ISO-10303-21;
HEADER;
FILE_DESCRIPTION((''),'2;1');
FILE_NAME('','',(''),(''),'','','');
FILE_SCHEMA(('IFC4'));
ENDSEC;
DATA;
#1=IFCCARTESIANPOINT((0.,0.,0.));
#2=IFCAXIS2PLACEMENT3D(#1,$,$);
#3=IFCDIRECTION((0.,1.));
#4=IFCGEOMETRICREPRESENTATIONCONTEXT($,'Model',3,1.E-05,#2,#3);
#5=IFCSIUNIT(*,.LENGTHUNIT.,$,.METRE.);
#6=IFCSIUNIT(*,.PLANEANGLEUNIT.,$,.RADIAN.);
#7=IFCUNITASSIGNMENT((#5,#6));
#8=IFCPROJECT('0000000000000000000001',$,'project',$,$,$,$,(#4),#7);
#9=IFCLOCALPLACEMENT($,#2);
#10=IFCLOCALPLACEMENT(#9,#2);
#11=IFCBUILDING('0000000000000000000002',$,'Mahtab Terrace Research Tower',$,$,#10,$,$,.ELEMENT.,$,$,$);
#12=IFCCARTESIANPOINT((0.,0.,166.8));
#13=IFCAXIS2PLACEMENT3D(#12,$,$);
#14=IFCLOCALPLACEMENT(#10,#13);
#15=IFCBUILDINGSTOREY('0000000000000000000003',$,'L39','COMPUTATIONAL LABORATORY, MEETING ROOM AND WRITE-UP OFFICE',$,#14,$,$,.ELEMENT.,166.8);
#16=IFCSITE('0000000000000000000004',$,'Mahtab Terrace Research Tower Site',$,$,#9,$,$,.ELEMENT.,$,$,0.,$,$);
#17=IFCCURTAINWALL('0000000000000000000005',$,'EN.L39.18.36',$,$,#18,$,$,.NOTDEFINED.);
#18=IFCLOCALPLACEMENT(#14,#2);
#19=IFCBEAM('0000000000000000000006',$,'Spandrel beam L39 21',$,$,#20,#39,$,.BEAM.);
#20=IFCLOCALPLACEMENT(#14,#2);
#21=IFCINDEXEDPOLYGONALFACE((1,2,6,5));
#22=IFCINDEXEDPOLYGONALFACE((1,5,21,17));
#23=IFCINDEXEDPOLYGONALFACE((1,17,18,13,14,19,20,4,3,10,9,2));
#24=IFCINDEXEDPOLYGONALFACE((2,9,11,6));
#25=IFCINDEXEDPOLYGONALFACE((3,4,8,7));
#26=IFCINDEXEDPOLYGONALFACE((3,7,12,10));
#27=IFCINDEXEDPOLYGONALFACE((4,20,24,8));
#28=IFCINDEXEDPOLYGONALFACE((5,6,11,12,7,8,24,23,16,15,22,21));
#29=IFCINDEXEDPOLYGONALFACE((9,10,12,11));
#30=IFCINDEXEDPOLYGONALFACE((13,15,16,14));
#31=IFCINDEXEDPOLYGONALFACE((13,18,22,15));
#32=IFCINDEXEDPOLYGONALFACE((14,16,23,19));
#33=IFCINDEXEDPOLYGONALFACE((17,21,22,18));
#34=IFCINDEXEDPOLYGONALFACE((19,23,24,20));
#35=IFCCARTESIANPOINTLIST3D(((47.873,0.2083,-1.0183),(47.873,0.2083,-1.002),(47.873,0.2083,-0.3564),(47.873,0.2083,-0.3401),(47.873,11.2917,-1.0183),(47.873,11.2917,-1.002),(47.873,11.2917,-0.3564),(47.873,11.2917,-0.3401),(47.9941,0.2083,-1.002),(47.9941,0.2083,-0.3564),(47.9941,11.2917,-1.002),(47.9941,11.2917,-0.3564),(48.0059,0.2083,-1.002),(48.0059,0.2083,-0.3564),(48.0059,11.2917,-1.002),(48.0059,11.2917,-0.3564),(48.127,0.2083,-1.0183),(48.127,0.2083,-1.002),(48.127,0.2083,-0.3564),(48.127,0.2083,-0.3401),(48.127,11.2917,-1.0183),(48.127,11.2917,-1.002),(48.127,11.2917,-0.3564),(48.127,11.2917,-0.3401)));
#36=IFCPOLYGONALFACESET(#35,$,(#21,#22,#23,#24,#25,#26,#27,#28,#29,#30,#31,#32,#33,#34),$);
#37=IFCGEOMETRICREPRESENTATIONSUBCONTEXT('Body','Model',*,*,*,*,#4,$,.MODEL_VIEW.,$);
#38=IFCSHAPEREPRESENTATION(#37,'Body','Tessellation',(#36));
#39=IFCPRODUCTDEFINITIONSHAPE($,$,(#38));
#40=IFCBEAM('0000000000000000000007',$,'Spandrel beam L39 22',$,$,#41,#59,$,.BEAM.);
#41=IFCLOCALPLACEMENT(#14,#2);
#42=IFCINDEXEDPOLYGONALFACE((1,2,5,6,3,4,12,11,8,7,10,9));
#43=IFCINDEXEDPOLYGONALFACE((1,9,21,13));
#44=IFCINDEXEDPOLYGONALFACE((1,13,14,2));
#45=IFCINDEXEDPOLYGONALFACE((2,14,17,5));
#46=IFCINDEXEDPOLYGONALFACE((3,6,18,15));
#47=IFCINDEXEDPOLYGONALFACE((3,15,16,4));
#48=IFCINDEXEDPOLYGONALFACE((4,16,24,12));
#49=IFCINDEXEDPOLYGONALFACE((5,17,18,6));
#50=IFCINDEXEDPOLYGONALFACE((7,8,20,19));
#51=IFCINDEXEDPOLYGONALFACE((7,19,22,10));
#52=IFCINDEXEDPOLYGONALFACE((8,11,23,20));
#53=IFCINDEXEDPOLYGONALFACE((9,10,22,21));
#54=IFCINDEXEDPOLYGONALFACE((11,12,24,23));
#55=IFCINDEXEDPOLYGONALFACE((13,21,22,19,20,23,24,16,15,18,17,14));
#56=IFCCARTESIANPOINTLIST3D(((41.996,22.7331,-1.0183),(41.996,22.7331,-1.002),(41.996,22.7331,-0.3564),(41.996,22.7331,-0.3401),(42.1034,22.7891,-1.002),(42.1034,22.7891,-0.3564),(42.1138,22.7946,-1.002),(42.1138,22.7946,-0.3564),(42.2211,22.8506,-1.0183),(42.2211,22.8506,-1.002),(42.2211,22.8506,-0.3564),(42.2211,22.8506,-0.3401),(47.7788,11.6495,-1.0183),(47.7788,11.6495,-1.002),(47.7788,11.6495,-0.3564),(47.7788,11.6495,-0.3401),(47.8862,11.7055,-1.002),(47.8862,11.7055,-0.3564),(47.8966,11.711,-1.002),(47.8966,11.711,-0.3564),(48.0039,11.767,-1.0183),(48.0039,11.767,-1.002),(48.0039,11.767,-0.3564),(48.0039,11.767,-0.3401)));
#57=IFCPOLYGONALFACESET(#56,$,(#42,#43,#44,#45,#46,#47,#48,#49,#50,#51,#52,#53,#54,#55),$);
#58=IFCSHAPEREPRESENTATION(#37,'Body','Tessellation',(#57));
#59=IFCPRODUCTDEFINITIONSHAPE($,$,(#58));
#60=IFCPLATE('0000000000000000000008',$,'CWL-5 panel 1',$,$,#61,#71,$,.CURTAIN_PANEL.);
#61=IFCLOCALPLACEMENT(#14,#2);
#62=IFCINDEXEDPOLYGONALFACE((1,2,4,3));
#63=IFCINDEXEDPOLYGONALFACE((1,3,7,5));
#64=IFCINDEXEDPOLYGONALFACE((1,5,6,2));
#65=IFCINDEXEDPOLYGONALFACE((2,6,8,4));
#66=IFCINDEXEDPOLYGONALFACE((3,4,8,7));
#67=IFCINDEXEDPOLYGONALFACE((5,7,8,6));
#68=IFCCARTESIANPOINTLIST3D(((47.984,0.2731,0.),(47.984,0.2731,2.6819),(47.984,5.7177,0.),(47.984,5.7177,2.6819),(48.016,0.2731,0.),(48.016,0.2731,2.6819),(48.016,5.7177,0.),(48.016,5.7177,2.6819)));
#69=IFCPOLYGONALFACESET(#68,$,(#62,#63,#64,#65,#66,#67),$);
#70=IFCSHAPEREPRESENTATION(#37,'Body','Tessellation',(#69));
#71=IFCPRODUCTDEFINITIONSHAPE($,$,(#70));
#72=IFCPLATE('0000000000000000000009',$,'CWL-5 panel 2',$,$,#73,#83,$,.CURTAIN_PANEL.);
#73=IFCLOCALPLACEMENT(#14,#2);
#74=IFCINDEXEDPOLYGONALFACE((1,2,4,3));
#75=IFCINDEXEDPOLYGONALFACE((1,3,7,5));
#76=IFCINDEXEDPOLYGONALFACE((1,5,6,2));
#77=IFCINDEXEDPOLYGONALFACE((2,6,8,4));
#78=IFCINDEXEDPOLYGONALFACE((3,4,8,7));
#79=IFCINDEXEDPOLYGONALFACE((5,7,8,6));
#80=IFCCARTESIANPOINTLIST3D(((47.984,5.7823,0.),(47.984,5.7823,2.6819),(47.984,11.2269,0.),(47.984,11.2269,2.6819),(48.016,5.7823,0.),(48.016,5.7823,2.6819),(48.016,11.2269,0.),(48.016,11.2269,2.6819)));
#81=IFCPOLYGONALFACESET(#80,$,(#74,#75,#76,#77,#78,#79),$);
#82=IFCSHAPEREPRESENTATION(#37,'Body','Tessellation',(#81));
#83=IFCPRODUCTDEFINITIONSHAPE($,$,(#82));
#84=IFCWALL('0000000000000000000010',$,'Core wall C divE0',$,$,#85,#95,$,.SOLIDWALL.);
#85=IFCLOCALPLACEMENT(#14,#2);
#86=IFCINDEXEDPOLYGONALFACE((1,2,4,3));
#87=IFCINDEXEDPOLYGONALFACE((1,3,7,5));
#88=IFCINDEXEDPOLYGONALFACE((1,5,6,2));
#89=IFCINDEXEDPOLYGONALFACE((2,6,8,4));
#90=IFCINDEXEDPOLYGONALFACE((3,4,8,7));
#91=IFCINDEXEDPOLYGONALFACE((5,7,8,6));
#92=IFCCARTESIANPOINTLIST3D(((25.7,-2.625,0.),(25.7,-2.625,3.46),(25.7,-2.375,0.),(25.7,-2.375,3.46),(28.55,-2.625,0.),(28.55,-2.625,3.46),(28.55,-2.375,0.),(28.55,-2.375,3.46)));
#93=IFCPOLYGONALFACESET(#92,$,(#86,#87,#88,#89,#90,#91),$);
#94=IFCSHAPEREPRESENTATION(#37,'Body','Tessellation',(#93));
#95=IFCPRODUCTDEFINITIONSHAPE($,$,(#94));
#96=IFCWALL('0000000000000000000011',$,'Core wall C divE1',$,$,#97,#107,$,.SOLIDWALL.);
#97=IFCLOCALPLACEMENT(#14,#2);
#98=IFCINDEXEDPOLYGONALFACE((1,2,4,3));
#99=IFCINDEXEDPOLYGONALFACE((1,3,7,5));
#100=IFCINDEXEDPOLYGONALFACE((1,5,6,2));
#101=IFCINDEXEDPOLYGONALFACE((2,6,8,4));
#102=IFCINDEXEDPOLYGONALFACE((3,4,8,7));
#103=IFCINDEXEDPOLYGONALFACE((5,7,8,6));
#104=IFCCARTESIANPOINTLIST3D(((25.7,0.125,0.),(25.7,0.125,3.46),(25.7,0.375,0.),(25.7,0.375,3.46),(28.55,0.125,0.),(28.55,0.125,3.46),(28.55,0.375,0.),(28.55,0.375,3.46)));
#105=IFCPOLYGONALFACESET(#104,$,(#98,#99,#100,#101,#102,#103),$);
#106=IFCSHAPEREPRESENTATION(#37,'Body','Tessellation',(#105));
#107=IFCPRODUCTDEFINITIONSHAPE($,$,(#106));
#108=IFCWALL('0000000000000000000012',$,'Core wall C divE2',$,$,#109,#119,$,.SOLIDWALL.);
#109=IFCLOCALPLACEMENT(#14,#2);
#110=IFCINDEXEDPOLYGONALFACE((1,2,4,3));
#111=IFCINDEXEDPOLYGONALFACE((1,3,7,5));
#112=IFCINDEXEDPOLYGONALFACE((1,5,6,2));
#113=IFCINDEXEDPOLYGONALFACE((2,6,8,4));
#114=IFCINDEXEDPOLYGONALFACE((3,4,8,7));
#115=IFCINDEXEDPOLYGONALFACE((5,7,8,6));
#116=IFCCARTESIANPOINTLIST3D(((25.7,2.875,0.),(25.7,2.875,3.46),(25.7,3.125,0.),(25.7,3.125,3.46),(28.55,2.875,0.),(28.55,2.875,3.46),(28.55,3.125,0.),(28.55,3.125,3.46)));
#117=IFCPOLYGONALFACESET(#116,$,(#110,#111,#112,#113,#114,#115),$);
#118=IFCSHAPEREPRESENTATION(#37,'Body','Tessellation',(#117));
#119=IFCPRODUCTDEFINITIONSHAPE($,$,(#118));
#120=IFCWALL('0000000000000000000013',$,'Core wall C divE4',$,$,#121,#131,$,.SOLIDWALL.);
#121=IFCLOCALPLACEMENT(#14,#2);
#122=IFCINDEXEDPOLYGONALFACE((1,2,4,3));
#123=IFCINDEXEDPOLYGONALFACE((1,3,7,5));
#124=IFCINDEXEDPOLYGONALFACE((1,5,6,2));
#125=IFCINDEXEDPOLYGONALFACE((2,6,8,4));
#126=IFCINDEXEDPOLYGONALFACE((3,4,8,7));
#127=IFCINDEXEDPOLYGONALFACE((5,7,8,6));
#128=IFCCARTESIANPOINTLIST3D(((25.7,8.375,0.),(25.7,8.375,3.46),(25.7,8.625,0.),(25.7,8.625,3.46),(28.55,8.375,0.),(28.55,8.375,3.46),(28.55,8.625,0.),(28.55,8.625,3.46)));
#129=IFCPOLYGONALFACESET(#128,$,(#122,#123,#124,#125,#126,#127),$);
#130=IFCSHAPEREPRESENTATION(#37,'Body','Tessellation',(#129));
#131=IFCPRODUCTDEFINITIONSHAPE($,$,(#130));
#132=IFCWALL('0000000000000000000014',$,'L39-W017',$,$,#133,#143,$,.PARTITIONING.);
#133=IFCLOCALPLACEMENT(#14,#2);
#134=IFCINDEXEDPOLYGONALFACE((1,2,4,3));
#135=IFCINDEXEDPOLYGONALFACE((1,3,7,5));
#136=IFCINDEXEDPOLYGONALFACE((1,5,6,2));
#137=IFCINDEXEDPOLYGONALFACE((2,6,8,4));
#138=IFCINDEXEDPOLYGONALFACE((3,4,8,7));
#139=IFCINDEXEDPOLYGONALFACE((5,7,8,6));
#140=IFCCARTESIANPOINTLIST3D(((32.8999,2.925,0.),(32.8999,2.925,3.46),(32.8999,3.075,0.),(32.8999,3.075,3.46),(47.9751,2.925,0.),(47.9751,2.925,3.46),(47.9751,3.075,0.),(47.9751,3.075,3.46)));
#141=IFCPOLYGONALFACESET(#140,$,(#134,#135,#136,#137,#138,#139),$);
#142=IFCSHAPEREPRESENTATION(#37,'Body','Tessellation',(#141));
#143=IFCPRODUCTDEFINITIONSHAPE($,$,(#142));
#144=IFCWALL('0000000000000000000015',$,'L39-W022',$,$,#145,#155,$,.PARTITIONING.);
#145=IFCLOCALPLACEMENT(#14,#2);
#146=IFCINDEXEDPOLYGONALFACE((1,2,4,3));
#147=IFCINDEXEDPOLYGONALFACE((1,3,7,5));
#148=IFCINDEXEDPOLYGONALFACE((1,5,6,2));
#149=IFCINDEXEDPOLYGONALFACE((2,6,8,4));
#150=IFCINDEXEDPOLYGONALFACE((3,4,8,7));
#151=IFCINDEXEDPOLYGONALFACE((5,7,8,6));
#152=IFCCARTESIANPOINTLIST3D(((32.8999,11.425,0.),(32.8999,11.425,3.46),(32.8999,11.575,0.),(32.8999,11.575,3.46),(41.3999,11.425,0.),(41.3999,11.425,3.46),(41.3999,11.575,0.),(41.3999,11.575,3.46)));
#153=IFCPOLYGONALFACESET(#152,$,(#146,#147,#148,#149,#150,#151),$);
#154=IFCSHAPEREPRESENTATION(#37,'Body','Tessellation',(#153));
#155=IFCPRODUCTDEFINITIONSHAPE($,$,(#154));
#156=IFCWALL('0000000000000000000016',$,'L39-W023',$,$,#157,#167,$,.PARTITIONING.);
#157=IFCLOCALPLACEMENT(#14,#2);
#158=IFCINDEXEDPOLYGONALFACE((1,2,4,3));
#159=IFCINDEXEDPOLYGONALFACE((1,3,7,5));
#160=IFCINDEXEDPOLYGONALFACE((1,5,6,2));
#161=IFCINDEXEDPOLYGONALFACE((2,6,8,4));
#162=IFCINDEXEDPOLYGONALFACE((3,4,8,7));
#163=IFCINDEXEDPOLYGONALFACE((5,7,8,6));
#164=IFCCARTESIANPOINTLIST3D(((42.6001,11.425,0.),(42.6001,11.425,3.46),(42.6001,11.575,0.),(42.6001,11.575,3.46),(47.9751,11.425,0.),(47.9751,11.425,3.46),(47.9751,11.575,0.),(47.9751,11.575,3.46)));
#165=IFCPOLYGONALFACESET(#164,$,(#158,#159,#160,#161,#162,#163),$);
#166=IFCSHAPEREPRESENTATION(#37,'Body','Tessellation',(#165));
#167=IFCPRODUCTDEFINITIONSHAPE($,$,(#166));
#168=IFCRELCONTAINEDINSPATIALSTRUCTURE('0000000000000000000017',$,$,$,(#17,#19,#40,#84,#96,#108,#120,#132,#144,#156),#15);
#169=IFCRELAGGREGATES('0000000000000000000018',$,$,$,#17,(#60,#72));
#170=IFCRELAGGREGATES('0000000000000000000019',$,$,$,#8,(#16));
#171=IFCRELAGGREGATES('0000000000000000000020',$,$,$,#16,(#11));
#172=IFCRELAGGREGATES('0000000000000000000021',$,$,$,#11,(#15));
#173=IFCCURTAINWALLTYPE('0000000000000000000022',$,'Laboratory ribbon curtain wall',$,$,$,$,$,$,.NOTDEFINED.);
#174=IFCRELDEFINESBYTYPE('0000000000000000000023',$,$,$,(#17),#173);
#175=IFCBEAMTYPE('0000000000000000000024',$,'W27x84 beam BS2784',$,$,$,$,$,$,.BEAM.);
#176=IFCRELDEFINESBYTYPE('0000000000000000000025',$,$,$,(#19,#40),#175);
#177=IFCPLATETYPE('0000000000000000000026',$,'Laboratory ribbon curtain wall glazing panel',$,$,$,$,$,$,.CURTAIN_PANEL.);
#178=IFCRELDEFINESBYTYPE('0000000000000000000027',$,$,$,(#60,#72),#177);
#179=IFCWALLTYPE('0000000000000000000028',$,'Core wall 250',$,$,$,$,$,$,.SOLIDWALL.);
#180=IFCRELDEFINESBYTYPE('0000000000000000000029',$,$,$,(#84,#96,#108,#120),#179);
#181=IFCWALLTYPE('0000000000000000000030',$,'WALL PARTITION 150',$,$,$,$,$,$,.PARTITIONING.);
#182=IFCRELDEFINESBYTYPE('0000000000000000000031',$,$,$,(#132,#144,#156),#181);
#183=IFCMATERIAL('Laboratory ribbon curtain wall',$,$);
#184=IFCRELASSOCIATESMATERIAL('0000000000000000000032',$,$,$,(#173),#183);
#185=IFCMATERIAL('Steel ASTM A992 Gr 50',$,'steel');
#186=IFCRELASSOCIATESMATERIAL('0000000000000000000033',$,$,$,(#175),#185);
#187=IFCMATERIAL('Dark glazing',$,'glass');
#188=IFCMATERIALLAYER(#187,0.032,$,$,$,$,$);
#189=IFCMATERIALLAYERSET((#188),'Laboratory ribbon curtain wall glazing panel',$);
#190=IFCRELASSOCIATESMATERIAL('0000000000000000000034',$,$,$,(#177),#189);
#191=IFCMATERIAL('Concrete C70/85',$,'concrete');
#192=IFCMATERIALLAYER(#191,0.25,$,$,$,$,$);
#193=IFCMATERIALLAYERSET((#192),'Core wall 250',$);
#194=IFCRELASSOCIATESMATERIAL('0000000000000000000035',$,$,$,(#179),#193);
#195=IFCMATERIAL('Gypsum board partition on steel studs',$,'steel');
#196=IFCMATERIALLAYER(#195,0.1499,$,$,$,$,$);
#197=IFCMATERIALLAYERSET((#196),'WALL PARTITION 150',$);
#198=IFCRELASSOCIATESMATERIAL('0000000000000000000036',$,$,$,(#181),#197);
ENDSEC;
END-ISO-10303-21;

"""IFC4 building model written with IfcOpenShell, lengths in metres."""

from ifc_helpers import new_model, si_unit, direction, frame, frame_2d, origin, origin_2d, place, context, subcontext, project, spatial, rectangle, i_section, extrude, material, layer, layer_set, material_profile, profile_set, type_object, element, aggregate, save


model = new_model("IFC4")

# Units and contexts
model_context = context("Model", 3, precision=1e-05, world=origin(), true_north=direction((0.0, 1.0)))
body_context = subcontext(model_context, "Body", "Model", "MODEL_VIEW")
ifc_project = project(units=[si_unit("LENGTHUNIT", "METRE"), si_unit("PLANEANGLEUNIT", "RADIAN")], contexts=[model_context])

# Site, building, storey
site_placement = place(None, origin())
site = spatial("IfcSite", under=ifc_project, at=site_placement, Name="Mahtab Terrace Research Tower Site", CompositionType="ELEMENT", RefElevation=0.0)
building_placement = place(site_placement, origin())
building = spatial("IfcBuilding", under=site, at=building_placement, Name="Mahtab Terrace Research Tower", CompositionType="ELEMENT")
storey_placement = place(building_placement, frame((0.0, 0.0, 166.8)))
storey = spatial("IfcBuildingStorey", under=building, at=storey_placement, Name="L39", Description="COMPUTATIONAL LABORATORY, MEETING ROOM AND WRITE-UP OFFICE", CompositionType="ELEMENT", Elevation=166.8)

# Shared definitions
ifc_material_1 = material(Name="Concrete C70/85", Category="concrete")
ifc_material_2 = material(Name="Steel ASTM A992 Gr 50", Category="steel")

# Shared definitions
ifc_material_3 = material(Name="Laboratory ribbon curtain wall")
curtain_wall_type = type_object("IfcCurtainWallType", Name="Laboratory ribbon curtain wall", PredefinedType="NOTDEFINED", material=ifc_material_3)

# Curtain wall
curtain_wall_1_placement = place(storey_placement, origin())
curtain_wall_1 = element("IfcCurtainWall", 1, at=curtain_wall_1_placement, inside=storey, type_object=curtain_wall_type, Name="EN.L39.18.36", PredefinedType="NOTDEFINED")

# Beams
ifc_material_profile_1 = material_profile(ifc_material_2, i_section(OverallWidth=0.2539, OverallDepth=0.6782, WebThickness=0.0117, FlangeThickness=0.0164, at=origin_2d()), Name="W27X84")
ifc_profile_set_1 = profile_set([ifc_material_profile_1], Name="Steel ASTM A992 Gr 50")
beam_type = type_object("IfcBeamType", Name="W27x84 beam BS2784", PredefinedType="BEAM", material=ifc_profile_set_1)
beam_1_placement = place(storey_placement, frame((48.0, 0.2083, -0.6792), z_axis=(0.0, 1.0, 0.0), x_axis=(-1.0, 0.0, 0.0)))
element("IfcBeam", 2, at=beam_1_placement, inside=storey, type_object=beam_type, Name="Spandrel beam L39 21", PredefinedType="BEAM", context=body_context, shape_type="SweptSolid", body=[
    extrude(i_section(OverallWidth=0.2539, OverallDepth=0.6782, WebThickness=0.0117, FlangeThickness=0.0164, at=origin_2d()), origin(), (0.0, 0.0, 1.0), 11.0835),
])
beam_2_placement = place(storey_placement, frame((47.8914, 11.7083, -0.6792), z_axis=(-0.462567, 0.886584, 0.0), x_axis=(-0.886584, -0.462567, 0.0)))
element("IfcBeam", 3, at=beam_2_placement, inside=storey, type_object=beam_type, Name="Spandrel beam L39 22", PredefinedType="BEAM", context=body_context, shape_type="SweptSolid", body=[
    extrude(i_section(OverallWidth=0.2539, OverallDepth=0.6782, WebThickness=0.0117, FlangeThickness=0.0164, at=origin_2d()), origin(), (0.0, 0.0, 1.0), 12.5015),
])

# Plates
ifc_material_4 = material(Name="Dark glazing", Category="glass")
ifc_layer_1 = layer(ifc_material_4, 0.032)
ifc_layer_set_1 = layer_set([ifc_layer_1], Name="Laboratory ribbon curtain wall glazing panel")
plate_type = type_object("IfcPlateType", Name="Laboratory ribbon curtain wall glazing panel", PredefinedType="CURTAIN_PANEL", material=ifc_layer_set_1)
plate_1_placement = place(storey_placement, frame((48.0, 2.9954, 0.0), z_axis=(0.0, 0.0, 1.0), x_axis=(0.0, 1.0, 0.0)))
plate_1 = element("IfcPlate", 4, at=plate_1_placement, type_object=plate_type, Name="CWL-5 panel 1", PredefinedType="CURTAIN_PANEL", context=body_context, shape_type="SweptSolid", body=[
    extrude(rectangle(XDim=5.4446, YDim=0.032, at=origin_2d()), origin(), (0.0, 0.0, 1.0), 2.6819),
])
plate_2_placement = place(storey_placement, frame((48.0, 8.5046, 0.0), z_axis=(0.0, 0.0, 1.0), x_axis=(0.0, 1.0, 0.0)))
plate_2 = element("IfcPlate", 5, at=plate_2_placement, type_object=plate_type, Name="CWL-5 panel 2", PredefinedType="CURTAIN_PANEL", context=body_context, shape_type="SweptSolid", body=[
    extrude(rectangle(XDim=5.4446, YDim=0.032, at=origin_2d()), origin(), (0.0, 0.0, 1.0), 2.6819),
])
aggregate(curtain_wall_1, [plate_1, plate_2])

# Walls
ifc_layer_2 = layer(ifc_material_1, 0.25)
ifc_layer_set_2 = layer_set([ifc_layer_2], Name="Core wall 250")
wall_type_1 = type_object("IfcWallType", Name="Core wall 250", PredefinedType="SOLIDWALL", material=ifc_layer_set_2)
for number, where, z_axis, x_axis, name in (
    (6, (25.7, -2.5, 0.0), (0.0, 0.0, 1.0), (1.0, 0.0, 0.0), "Core wall C divE0"),
    (7, (25.7, 0.25, 0.0), (0.0, 0.0, 1.0), (1.0, 0.0, 0.0), "Core wall C divE1"),
    (8, (25.7, 3.0, 0.0), (0.0, 0.0, 1.0), (1.0, 0.0, 0.0), "Core wall C divE2"),
    (9, (25.7, 8.5, 0.0), (0.0, 0.0, 1.0), (1.0, 0.0, 0.0), "Core wall C divE4"),
):
    element("IfcWall", number, at=place(storey_placement, frame(where, z_axis=z_axis, x_axis=x_axis)), inside=storey, type_object=wall_type_1, Name=name, PredefinedType="SOLIDWALL", context=body_context, shape_type="SweptSolid", body=[
        extrude(rectangle(XDim=2.8501, YDim=0.25, at=frame_2d((1.425, 0.0))), origin(), (0.0, 0.0, 1.0), 3.46),
    ])
ifc_material_5 = material(Name="Gypsum board partition on steel studs", Category="steel")
ifc_layer_3 = layer(ifc_material_5, 0.1499)
ifc_layer_set_3 = layer_set([ifc_layer_3], Name="WALL PARTITION 150")
wall_type_2 = type_object("IfcWallType", Name="WALL PARTITION 150", PredefinedType="PARTITIONING", material=ifc_layer_set_3)
wall_1_placement = place(storey_placement, frame((32.8999, 3.0, 0.0), z_axis=(0.0, 0.0, 1.0), x_axis=(1.0, 0.0, 0.0)))
element("IfcWall", 10, at=wall_1_placement, inside=storey, type_object=wall_type_2, Name="L39-W017", PredefinedType="PARTITIONING", context=body_context, shape_type="SweptSolid", body=[
    extrude(rectangle(XDim=15.0752, YDim=0.1499, at=frame_2d((7.5376, 0.0))), origin(), (0.0, 0.0, 1.0), 3.46),
])
wall_2_placement = place(storey_placement, frame((32.8999, 11.5, 0.0), z_axis=(0.0, 0.0, 1.0), x_axis=(1.0, 0.0, 0.0)))
element("IfcWall", 11, at=wall_2_placement, inside=storey, type_object=wall_type_2, Name="L39-W022", PredefinedType="PARTITIONING", context=body_context, shape_type="SweptSolid", body=[
    extrude(rectangle(XDim=8.5, YDim=0.1499, at=frame_2d((4.25, 0.0))), origin(), (0.0, 0.0, 1.0), 3.46),
])
wall_3_placement = place(storey_placement, frame((42.6001, 11.5, 0.0), z_axis=(0.0, 0.0, 1.0), x_axis=(1.0, 0.0, 0.0)))
element("IfcWall", 12, at=wall_3_placement, inside=storey, type_object=wall_type_2, Name="L39-W023", PredefinedType="PARTITIONING", context=body_context, shape_type="SweptSolid", body=[
    extrude(rectangle(XDim=5.375, YDim=0.1499, at=frame_2d((2.6875, 0.0))), origin(), (0.0, 0.0, 1.0), 3.46),
])

save(model, "model.ifc")
